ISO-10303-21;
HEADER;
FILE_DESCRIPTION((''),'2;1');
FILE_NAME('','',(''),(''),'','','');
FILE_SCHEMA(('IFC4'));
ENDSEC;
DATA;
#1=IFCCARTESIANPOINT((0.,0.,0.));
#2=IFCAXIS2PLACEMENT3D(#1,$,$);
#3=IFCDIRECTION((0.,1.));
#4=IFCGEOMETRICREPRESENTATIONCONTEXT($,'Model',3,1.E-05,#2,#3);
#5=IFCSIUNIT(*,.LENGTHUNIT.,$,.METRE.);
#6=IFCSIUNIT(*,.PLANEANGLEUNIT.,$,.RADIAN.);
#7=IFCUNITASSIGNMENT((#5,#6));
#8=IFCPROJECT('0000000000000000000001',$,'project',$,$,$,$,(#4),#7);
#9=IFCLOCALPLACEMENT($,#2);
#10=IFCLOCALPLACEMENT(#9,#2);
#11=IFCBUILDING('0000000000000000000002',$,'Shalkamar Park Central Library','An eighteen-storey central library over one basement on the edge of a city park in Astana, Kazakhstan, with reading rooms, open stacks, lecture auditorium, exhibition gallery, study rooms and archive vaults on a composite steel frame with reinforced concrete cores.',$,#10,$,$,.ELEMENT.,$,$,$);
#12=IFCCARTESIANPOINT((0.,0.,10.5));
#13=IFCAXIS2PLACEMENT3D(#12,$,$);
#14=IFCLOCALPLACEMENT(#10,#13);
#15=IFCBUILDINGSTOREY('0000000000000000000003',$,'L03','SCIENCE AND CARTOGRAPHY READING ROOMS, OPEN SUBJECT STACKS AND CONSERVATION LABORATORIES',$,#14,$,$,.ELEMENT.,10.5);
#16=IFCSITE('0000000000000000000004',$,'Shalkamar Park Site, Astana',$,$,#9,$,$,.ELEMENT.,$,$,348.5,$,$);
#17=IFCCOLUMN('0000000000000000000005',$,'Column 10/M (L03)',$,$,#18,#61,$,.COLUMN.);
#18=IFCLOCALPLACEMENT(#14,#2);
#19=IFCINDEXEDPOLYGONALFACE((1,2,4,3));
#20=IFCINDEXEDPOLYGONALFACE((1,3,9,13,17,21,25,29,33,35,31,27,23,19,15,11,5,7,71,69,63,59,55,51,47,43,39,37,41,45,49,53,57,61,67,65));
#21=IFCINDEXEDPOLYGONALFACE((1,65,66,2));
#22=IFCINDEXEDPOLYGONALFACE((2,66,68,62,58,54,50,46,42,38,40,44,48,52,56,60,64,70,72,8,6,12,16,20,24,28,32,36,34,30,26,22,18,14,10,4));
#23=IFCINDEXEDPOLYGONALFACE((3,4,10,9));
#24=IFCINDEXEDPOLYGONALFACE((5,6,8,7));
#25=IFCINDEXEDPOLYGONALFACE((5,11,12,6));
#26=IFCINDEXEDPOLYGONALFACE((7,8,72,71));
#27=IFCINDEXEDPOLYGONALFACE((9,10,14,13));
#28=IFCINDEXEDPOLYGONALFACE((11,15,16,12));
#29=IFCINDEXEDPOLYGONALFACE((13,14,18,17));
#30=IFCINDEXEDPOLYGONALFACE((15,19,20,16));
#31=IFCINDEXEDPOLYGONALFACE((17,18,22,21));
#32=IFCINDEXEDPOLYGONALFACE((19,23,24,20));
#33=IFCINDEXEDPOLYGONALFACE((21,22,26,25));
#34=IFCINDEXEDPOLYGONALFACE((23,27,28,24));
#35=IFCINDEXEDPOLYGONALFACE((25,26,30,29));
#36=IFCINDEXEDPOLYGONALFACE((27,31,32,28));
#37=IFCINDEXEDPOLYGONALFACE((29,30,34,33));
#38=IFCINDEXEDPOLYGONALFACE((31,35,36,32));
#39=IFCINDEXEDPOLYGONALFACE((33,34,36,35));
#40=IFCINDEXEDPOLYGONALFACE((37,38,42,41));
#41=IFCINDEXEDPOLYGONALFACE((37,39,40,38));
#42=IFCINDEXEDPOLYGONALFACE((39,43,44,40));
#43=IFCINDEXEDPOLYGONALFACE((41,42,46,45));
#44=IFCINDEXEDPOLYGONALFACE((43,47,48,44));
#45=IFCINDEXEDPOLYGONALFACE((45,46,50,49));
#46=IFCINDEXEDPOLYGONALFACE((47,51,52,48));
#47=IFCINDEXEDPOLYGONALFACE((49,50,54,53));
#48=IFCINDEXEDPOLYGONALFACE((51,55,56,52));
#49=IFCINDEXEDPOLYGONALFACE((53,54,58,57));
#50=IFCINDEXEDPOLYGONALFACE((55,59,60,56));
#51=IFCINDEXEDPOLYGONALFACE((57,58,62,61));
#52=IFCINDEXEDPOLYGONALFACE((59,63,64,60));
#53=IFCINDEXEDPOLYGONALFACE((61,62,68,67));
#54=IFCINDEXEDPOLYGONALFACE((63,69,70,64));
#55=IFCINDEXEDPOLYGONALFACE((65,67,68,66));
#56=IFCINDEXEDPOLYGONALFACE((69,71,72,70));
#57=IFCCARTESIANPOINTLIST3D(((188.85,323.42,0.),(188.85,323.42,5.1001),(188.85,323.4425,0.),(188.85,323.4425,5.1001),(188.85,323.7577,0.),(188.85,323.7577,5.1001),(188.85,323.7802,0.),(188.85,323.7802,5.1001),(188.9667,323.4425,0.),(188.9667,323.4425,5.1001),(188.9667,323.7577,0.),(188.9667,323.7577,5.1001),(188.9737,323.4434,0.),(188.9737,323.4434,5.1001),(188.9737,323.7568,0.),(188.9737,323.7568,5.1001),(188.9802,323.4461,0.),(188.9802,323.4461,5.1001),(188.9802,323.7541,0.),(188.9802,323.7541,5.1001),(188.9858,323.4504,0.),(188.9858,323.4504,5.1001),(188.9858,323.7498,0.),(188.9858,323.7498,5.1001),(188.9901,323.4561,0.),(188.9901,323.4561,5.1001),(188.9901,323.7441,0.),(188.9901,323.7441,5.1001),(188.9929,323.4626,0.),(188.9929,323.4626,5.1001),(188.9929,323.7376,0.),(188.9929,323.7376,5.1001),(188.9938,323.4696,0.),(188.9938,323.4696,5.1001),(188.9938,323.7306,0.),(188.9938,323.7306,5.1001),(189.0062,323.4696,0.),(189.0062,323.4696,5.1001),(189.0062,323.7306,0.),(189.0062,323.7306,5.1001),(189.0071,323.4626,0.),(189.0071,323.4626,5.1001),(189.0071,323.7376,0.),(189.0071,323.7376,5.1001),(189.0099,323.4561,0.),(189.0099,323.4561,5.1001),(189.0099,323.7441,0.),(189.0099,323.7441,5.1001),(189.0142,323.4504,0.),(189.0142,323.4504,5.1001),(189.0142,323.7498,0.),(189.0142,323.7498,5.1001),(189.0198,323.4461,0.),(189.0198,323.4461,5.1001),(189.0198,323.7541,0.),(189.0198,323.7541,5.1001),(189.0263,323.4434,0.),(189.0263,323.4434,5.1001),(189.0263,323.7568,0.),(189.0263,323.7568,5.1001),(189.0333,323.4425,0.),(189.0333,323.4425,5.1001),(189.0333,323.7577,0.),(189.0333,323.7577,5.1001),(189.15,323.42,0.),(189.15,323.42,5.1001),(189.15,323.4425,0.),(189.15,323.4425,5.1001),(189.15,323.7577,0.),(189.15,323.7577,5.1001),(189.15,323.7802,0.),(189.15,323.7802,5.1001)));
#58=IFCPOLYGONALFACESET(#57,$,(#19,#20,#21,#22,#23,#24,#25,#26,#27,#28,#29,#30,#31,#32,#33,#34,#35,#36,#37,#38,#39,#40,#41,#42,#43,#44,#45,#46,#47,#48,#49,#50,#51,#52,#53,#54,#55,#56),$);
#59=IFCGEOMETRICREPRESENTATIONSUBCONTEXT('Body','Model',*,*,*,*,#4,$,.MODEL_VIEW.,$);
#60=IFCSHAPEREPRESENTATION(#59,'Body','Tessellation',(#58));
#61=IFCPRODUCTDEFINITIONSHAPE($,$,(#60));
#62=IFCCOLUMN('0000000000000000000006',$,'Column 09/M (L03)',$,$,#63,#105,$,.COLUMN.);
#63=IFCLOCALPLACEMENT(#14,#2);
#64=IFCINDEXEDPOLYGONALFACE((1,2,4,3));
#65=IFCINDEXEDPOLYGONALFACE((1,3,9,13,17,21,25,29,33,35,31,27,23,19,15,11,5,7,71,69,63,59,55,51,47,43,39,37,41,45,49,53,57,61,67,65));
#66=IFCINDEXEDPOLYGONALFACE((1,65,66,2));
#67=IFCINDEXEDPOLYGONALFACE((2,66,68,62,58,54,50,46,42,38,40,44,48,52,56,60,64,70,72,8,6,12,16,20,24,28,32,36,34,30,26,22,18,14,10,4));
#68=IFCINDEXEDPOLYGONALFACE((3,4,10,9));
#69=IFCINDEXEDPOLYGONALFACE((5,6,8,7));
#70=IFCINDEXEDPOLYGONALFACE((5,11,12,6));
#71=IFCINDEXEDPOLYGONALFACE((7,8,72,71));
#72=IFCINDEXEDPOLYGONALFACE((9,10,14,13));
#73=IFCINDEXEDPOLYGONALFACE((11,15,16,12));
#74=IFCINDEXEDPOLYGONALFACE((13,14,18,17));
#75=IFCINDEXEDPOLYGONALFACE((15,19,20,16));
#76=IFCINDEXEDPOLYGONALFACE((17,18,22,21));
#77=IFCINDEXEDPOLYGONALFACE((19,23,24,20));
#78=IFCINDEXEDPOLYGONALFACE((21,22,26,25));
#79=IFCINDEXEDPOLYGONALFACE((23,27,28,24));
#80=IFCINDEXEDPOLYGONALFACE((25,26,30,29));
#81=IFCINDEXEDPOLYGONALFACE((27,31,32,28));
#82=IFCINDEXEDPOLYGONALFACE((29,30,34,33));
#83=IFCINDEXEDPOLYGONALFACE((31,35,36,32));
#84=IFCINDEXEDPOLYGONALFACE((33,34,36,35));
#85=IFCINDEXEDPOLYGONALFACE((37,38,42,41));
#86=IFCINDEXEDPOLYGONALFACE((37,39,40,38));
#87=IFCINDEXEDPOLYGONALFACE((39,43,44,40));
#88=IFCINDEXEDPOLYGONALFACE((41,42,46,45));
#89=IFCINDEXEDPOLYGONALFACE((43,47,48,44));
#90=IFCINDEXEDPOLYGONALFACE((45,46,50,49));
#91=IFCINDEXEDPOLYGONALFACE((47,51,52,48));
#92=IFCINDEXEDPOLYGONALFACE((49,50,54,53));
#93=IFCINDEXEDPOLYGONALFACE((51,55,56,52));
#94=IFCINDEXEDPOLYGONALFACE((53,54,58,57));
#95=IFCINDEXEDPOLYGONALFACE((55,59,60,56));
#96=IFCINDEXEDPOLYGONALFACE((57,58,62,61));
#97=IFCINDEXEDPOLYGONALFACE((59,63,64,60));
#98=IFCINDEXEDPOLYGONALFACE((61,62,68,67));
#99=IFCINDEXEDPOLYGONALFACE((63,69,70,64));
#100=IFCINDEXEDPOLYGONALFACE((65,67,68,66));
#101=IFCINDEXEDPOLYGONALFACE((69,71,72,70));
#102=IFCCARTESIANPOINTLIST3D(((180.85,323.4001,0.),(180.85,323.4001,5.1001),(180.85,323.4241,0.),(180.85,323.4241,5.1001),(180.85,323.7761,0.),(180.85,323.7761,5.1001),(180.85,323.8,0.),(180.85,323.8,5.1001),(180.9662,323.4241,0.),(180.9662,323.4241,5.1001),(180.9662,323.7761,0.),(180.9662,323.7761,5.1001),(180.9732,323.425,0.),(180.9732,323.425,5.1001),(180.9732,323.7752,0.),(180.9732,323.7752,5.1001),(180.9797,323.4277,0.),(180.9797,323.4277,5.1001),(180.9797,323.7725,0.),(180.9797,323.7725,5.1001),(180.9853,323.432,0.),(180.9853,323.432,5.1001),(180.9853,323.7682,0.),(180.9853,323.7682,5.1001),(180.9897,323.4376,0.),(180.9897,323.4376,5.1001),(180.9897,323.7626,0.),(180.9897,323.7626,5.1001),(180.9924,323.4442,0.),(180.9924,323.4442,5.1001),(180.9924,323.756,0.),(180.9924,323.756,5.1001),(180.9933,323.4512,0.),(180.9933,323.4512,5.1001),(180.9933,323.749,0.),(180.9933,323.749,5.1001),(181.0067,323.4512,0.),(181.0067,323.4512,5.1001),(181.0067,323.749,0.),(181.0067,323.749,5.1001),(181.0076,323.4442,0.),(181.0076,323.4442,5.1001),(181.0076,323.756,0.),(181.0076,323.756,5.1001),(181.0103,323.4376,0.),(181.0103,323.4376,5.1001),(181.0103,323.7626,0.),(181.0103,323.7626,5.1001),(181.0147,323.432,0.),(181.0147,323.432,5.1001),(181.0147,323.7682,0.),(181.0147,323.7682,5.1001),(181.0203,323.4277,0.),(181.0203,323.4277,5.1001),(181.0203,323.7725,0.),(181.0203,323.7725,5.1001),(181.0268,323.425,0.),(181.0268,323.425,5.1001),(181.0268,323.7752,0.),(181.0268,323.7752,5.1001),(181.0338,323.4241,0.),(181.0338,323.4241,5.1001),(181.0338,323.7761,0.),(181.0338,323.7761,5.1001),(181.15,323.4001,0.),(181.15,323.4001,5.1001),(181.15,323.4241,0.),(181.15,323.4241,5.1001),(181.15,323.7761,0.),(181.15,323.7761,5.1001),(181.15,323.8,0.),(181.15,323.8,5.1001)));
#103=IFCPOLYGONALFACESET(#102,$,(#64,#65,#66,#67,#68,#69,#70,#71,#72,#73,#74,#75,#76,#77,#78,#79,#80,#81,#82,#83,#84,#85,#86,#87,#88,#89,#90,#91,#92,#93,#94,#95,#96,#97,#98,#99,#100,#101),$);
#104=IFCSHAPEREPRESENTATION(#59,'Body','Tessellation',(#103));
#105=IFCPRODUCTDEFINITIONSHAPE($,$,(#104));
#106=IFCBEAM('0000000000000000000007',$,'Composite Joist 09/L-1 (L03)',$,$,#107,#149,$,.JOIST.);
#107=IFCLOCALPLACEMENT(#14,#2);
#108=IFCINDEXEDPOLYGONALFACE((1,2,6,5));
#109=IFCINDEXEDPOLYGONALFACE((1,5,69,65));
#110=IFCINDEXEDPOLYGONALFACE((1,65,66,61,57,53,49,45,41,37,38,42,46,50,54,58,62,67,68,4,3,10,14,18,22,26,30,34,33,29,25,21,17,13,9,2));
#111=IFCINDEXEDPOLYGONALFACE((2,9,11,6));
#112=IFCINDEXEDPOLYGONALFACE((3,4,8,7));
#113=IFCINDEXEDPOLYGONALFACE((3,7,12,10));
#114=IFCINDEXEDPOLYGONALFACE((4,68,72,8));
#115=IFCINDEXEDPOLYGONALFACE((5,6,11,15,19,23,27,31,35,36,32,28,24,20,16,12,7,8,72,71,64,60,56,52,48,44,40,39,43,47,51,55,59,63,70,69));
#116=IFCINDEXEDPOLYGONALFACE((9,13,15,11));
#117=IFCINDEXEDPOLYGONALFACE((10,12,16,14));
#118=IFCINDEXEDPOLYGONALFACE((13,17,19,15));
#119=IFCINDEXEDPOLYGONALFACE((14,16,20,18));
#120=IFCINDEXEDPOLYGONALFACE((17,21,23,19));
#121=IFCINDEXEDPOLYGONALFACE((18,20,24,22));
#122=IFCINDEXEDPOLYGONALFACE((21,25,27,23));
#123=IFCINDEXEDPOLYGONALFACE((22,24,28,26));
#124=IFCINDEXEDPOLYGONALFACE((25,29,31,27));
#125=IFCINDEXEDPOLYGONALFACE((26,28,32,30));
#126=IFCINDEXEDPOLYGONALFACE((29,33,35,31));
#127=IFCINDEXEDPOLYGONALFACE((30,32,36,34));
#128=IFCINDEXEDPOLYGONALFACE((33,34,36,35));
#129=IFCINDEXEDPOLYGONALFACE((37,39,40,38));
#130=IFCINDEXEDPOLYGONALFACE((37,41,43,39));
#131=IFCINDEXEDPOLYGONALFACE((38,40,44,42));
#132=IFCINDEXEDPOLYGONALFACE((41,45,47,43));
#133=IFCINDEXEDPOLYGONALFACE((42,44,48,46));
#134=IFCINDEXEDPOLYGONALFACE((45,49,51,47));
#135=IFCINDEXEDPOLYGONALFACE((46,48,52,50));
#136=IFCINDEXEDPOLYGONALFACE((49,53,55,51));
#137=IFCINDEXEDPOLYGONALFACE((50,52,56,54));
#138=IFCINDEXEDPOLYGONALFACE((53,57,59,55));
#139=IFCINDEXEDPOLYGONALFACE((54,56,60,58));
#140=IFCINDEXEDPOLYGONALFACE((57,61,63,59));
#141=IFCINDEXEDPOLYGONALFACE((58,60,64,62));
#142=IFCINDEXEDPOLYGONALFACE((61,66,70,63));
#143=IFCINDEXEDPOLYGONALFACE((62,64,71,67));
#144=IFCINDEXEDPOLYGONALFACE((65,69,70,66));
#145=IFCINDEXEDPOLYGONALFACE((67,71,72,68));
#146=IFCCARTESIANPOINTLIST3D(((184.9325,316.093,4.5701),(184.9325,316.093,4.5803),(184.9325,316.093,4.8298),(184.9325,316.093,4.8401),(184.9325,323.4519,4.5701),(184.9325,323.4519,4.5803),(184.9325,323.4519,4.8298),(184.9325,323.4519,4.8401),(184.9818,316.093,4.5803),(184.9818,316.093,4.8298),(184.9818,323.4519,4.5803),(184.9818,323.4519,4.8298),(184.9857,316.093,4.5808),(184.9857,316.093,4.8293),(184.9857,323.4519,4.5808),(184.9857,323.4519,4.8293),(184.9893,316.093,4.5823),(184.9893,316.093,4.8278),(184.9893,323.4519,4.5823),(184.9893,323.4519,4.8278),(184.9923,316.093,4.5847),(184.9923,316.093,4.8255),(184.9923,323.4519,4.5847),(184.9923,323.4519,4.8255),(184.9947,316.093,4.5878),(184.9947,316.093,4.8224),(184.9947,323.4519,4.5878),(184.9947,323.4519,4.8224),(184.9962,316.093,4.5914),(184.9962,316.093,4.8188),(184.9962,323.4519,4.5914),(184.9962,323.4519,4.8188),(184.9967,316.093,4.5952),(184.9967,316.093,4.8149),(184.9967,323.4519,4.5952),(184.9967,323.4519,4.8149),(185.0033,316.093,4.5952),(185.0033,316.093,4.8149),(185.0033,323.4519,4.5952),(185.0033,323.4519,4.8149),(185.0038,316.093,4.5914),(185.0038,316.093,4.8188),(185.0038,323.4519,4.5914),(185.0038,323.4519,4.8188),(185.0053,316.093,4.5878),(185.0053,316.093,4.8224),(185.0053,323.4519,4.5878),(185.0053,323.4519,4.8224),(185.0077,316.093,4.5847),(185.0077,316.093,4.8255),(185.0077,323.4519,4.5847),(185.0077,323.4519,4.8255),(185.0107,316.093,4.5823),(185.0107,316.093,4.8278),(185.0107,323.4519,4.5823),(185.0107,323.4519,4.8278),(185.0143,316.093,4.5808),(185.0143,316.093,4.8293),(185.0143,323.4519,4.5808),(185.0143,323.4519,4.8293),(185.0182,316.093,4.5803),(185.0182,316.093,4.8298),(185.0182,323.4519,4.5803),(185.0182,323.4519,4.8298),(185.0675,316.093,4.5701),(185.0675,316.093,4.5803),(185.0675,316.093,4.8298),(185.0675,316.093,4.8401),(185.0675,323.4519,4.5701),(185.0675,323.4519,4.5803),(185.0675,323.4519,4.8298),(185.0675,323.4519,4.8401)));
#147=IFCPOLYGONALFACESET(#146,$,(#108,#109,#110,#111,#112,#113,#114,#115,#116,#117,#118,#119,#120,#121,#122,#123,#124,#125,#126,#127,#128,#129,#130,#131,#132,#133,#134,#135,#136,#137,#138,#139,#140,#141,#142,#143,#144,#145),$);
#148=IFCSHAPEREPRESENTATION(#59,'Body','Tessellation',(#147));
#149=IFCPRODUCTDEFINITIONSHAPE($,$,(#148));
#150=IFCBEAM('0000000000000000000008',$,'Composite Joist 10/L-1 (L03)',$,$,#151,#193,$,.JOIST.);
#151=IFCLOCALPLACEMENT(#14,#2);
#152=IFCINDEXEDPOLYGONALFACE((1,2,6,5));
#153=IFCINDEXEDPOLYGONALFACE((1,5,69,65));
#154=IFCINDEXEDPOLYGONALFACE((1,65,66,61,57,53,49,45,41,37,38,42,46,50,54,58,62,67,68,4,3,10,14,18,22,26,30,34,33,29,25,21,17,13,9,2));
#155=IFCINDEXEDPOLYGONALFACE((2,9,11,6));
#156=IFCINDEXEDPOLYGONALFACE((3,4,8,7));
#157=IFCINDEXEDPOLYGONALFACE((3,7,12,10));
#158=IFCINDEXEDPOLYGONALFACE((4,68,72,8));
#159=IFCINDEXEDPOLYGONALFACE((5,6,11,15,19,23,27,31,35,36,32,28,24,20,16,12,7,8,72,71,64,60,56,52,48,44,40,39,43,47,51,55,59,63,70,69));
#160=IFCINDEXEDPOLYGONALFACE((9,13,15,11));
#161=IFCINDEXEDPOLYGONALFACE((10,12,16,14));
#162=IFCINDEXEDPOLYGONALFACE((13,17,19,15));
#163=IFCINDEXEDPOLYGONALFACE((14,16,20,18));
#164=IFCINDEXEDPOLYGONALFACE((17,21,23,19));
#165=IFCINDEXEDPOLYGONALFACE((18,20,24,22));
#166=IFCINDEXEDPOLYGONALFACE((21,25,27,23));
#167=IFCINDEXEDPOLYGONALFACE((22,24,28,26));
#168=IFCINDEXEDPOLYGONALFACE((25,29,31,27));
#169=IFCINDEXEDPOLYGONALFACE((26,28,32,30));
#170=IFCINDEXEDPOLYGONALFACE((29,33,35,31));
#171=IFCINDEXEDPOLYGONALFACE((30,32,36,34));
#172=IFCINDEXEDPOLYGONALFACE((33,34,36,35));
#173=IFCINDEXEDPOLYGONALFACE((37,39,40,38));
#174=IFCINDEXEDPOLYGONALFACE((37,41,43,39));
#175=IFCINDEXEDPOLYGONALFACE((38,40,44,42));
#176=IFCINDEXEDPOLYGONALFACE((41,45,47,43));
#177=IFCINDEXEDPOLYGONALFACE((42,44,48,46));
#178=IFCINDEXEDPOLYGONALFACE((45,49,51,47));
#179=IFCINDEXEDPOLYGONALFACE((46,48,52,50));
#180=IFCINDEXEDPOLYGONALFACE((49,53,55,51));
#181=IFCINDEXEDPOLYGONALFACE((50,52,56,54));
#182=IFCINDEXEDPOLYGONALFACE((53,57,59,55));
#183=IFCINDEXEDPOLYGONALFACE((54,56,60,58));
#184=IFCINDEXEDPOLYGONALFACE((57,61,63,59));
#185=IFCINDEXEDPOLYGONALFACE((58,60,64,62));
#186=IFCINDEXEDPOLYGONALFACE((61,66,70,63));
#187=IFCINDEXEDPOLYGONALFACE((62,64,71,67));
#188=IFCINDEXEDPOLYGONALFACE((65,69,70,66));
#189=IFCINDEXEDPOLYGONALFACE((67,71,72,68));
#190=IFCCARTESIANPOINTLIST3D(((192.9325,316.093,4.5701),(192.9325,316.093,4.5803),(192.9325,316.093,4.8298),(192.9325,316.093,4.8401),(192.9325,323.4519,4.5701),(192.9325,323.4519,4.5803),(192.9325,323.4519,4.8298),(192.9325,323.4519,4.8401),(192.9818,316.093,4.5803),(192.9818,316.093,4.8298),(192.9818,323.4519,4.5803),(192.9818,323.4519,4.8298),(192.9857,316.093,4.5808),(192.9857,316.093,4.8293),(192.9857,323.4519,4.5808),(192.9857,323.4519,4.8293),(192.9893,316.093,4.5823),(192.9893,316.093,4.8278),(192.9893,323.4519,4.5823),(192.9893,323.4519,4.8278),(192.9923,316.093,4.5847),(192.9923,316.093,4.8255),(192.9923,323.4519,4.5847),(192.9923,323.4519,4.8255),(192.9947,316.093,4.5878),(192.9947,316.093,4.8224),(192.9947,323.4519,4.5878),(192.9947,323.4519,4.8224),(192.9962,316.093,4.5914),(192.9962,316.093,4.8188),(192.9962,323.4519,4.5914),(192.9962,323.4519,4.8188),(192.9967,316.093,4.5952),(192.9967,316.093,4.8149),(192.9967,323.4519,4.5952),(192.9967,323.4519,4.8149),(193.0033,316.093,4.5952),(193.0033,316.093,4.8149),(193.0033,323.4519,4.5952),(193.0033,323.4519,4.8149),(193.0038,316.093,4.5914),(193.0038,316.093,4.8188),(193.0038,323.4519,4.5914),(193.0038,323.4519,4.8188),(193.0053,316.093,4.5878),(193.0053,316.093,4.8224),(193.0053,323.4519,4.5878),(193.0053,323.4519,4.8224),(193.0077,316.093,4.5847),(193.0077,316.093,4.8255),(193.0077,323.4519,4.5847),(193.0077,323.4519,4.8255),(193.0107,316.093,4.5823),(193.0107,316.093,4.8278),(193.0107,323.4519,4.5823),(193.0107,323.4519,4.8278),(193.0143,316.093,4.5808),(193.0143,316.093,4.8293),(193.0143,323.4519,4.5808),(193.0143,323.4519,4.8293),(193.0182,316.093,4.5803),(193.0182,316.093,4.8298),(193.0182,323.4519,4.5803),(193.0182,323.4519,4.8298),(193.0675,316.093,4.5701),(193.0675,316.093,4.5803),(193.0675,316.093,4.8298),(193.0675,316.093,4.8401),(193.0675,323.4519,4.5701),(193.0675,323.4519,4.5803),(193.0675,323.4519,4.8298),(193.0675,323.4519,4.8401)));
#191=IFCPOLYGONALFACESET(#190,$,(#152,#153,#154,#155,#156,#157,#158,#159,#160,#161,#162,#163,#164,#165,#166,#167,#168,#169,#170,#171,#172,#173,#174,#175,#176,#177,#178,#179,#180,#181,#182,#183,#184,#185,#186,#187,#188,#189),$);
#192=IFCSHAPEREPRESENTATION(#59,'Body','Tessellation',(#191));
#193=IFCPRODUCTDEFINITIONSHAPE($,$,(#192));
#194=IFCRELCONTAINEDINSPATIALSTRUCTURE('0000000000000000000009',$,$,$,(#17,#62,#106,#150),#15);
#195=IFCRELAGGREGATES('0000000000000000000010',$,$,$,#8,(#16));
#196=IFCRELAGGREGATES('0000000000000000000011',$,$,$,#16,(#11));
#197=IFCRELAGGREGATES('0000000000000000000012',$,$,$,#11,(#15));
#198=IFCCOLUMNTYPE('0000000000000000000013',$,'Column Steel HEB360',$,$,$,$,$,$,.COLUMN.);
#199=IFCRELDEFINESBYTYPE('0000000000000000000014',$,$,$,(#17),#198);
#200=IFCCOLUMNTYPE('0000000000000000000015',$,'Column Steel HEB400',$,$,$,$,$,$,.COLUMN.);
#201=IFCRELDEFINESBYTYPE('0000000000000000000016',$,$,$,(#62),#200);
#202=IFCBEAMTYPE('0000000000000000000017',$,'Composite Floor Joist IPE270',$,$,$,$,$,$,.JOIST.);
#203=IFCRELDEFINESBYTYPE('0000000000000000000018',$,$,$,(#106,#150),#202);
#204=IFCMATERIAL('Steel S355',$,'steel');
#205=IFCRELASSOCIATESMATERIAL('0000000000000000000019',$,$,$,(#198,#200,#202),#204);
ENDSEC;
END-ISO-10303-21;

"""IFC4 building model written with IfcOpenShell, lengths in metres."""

from ifc_helpers import new_model, si_unit, direction, frame, origin, origin_2d, place, context, subcontext, project, spatial, i_section, extrude, material, material_profile, profile_set, type_object, element, save


model = new_model("IFC4")

# Units and contexts
model_context = context("Model", 3, precision=1e-05, world=origin(), true_north=direction((0.0, 1.0)))
body_context = subcontext(model_context, "Body", "Model", "MODEL_VIEW")
ifc_project = project(units=[si_unit("LENGTHUNIT", "METRE"), si_unit("PLANEANGLEUNIT", "RADIAN")], contexts=[model_context])

# Site, building, storey
site_placement = place(None, origin())
site = spatial("IfcSite", under=ifc_project, at=site_placement, Name="Shalkamar Park Site, Astana", CompositionType="ELEMENT", RefElevation=348.5)
building_placement = place(site_placement, origin())
building = spatial("IfcBuilding", under=site, at=building_placement, Name="Shalkamar Park Central Library", Description="An eighteen-storey central library over one basement on the edge of a city park in Astana, Kazakhstan, with reading rooms, open stacks, lecture auditorium, exhibition gallery, study rooms and archive vaults on a composite steel frame with reinforced concrete cores.", CompositionType="ELEMENT")
storey_placement = place(building_placement, frame((0.0, 0.0, 10.5)))
storey = spatial("IfcBuildingStorey", under=building, at=storey_placement, Name="L03", Description="SCIENCE AND CARTOGRAPHY READING ROOMS, OPEN SUBJECT STACKS AND CONSERVATION LABORATORIES", CompositionType="ELEMENT", Elevation=10.5)

# Columns
ifc_material_1 = material(Name="Steel S355", Category="steel")
ifc_material_profile_1 = material_profile(ifc_material_1, i_section(OverallWidth=0.3, OverallDepth=0.3601, WebThickness=0.0125, FlangeThickness=0.0225, FilletRadius=0.0271, at=origin_2d()), Name="HEB 360")
ifc_profile_set_1 = profile_set([ifc_material_profile_1], Name="Steel S355")
column_type_1 = type_object("IfcColumnType", Name="Column Steel HEB360", PredefinedType="COLUMN", material=ifc_profile_set_1)
column_1_placement = place(storey_placement, frame((189.0, 323.6001, 0.0), z_axis=(0.0, 0.0, 1.0), x_axis=(1.0, 0.0, 0.0)))
element("IfcColumn", 1, at=column_1_placement, inside=storey, type_object=column_type_1, Name="Column 10/M (L03)", PredefinedType="COLUMN", context=body_context, shape_type="SweptSolid", body=[
    extrude(i_section(OverallWidth=0.3, OverallDepth=0.3601, WebThickness=0.0125, FlangeThickness=0.0225, FilletRadius=0.0271, at=origin_2d()), origin(), (0.0, 0.0, 1.0), 5.1001),
])
ifc_material_profile_2 = material_profile(ifc_material_1, i_section(OverallWidth=0.3, OverallDepth=0.3999, WebThickness=0.0134, FlangeThickness=0.0239, FilletRadius=0.0271, at=origin_2d()), Name="HEB 400")
ifc_profile_set_2 = profile_set([ifc_material_profile_2], Name="Steel S355")
column_type_2 = type_object("IfcColumnType", Name="Column Steel HEB400", PredefinedType="COLUMN", material=ifc_profile_set_2)
column_2_placement = place(storey_placement, frame((181.0, 323.6001, 0.0), z_axis=(0.0, 0.0, 1.0), x_axis=(1.0, 0.0, 0.0)))
element("IfcColumn", 2, at=column_2_placement, inside=storey, type_object=column_type_2, Name="Column 09/M (L03)", PredefinedType="COLUMN", context=body_context, shape_type="SweptSolid", body=[
    extrude(i_section(OverallWidth=0.3, OverallDepth=0.3999, WebThickness=0.0134, FlangeThickness=0.0239, FilletRadius=0.0271, at=origin_2d()), origin(), (0.0, 0.0, 1.0), 5.1001),
])

# Beams
ifc_material_profile_3 = material_profile(ifc_material_1, i_section(OverallWidth=0.135, OverallDepth=0.27, WebThickness=0.0066, FlangeThickness=0.0103, FilletRadius=0.0149, at=origin_2d()), Name="IPE 270")
ifc_profile_set_3 = profile_set([ifc_material_profile_3], Name="Steel S355")
beam_type_1 = type_object("IfcBeamType", Name="Composite Floor Joist IPE270", PredefinedType="JOIST", material=ifc_profile_set_3)
for number, where, z_axis, x_axis, name in (
    (3, (185.0, 316.093, 4.7051), (0.0, 1.0, 0.0), (-1.0, 0.0, 0.0), "Composite Joist 09/L-1 (L03)"),
    (4, (193.0, 316.093, 4.7051), (0.0, 1.0, 0.0), (-1.0, 0.0, 0.0), "Composite Joist 10/L-1 (L03)"),
):
    element("IfcBeam", number, at=place(storey_placement, frame(where, z_axis=z_axis, x_axis=x_axis)), inside=storey, type_object=beam_type_1, Name=name, PredefinedType="JOIST", context=body_context, shape_type="SweptSolid", body=[
        extrude(i_section(OverallWidth=0.135, OverallDepth=0.27, WebThickness=0.0066, FlangeThickness=0.0103, FilletRadius=0.0149, at=origin_2d()), origin(), (0.0, 0.0, 1.0), 7.3589),
    ])

save(model, "model.ifc")
